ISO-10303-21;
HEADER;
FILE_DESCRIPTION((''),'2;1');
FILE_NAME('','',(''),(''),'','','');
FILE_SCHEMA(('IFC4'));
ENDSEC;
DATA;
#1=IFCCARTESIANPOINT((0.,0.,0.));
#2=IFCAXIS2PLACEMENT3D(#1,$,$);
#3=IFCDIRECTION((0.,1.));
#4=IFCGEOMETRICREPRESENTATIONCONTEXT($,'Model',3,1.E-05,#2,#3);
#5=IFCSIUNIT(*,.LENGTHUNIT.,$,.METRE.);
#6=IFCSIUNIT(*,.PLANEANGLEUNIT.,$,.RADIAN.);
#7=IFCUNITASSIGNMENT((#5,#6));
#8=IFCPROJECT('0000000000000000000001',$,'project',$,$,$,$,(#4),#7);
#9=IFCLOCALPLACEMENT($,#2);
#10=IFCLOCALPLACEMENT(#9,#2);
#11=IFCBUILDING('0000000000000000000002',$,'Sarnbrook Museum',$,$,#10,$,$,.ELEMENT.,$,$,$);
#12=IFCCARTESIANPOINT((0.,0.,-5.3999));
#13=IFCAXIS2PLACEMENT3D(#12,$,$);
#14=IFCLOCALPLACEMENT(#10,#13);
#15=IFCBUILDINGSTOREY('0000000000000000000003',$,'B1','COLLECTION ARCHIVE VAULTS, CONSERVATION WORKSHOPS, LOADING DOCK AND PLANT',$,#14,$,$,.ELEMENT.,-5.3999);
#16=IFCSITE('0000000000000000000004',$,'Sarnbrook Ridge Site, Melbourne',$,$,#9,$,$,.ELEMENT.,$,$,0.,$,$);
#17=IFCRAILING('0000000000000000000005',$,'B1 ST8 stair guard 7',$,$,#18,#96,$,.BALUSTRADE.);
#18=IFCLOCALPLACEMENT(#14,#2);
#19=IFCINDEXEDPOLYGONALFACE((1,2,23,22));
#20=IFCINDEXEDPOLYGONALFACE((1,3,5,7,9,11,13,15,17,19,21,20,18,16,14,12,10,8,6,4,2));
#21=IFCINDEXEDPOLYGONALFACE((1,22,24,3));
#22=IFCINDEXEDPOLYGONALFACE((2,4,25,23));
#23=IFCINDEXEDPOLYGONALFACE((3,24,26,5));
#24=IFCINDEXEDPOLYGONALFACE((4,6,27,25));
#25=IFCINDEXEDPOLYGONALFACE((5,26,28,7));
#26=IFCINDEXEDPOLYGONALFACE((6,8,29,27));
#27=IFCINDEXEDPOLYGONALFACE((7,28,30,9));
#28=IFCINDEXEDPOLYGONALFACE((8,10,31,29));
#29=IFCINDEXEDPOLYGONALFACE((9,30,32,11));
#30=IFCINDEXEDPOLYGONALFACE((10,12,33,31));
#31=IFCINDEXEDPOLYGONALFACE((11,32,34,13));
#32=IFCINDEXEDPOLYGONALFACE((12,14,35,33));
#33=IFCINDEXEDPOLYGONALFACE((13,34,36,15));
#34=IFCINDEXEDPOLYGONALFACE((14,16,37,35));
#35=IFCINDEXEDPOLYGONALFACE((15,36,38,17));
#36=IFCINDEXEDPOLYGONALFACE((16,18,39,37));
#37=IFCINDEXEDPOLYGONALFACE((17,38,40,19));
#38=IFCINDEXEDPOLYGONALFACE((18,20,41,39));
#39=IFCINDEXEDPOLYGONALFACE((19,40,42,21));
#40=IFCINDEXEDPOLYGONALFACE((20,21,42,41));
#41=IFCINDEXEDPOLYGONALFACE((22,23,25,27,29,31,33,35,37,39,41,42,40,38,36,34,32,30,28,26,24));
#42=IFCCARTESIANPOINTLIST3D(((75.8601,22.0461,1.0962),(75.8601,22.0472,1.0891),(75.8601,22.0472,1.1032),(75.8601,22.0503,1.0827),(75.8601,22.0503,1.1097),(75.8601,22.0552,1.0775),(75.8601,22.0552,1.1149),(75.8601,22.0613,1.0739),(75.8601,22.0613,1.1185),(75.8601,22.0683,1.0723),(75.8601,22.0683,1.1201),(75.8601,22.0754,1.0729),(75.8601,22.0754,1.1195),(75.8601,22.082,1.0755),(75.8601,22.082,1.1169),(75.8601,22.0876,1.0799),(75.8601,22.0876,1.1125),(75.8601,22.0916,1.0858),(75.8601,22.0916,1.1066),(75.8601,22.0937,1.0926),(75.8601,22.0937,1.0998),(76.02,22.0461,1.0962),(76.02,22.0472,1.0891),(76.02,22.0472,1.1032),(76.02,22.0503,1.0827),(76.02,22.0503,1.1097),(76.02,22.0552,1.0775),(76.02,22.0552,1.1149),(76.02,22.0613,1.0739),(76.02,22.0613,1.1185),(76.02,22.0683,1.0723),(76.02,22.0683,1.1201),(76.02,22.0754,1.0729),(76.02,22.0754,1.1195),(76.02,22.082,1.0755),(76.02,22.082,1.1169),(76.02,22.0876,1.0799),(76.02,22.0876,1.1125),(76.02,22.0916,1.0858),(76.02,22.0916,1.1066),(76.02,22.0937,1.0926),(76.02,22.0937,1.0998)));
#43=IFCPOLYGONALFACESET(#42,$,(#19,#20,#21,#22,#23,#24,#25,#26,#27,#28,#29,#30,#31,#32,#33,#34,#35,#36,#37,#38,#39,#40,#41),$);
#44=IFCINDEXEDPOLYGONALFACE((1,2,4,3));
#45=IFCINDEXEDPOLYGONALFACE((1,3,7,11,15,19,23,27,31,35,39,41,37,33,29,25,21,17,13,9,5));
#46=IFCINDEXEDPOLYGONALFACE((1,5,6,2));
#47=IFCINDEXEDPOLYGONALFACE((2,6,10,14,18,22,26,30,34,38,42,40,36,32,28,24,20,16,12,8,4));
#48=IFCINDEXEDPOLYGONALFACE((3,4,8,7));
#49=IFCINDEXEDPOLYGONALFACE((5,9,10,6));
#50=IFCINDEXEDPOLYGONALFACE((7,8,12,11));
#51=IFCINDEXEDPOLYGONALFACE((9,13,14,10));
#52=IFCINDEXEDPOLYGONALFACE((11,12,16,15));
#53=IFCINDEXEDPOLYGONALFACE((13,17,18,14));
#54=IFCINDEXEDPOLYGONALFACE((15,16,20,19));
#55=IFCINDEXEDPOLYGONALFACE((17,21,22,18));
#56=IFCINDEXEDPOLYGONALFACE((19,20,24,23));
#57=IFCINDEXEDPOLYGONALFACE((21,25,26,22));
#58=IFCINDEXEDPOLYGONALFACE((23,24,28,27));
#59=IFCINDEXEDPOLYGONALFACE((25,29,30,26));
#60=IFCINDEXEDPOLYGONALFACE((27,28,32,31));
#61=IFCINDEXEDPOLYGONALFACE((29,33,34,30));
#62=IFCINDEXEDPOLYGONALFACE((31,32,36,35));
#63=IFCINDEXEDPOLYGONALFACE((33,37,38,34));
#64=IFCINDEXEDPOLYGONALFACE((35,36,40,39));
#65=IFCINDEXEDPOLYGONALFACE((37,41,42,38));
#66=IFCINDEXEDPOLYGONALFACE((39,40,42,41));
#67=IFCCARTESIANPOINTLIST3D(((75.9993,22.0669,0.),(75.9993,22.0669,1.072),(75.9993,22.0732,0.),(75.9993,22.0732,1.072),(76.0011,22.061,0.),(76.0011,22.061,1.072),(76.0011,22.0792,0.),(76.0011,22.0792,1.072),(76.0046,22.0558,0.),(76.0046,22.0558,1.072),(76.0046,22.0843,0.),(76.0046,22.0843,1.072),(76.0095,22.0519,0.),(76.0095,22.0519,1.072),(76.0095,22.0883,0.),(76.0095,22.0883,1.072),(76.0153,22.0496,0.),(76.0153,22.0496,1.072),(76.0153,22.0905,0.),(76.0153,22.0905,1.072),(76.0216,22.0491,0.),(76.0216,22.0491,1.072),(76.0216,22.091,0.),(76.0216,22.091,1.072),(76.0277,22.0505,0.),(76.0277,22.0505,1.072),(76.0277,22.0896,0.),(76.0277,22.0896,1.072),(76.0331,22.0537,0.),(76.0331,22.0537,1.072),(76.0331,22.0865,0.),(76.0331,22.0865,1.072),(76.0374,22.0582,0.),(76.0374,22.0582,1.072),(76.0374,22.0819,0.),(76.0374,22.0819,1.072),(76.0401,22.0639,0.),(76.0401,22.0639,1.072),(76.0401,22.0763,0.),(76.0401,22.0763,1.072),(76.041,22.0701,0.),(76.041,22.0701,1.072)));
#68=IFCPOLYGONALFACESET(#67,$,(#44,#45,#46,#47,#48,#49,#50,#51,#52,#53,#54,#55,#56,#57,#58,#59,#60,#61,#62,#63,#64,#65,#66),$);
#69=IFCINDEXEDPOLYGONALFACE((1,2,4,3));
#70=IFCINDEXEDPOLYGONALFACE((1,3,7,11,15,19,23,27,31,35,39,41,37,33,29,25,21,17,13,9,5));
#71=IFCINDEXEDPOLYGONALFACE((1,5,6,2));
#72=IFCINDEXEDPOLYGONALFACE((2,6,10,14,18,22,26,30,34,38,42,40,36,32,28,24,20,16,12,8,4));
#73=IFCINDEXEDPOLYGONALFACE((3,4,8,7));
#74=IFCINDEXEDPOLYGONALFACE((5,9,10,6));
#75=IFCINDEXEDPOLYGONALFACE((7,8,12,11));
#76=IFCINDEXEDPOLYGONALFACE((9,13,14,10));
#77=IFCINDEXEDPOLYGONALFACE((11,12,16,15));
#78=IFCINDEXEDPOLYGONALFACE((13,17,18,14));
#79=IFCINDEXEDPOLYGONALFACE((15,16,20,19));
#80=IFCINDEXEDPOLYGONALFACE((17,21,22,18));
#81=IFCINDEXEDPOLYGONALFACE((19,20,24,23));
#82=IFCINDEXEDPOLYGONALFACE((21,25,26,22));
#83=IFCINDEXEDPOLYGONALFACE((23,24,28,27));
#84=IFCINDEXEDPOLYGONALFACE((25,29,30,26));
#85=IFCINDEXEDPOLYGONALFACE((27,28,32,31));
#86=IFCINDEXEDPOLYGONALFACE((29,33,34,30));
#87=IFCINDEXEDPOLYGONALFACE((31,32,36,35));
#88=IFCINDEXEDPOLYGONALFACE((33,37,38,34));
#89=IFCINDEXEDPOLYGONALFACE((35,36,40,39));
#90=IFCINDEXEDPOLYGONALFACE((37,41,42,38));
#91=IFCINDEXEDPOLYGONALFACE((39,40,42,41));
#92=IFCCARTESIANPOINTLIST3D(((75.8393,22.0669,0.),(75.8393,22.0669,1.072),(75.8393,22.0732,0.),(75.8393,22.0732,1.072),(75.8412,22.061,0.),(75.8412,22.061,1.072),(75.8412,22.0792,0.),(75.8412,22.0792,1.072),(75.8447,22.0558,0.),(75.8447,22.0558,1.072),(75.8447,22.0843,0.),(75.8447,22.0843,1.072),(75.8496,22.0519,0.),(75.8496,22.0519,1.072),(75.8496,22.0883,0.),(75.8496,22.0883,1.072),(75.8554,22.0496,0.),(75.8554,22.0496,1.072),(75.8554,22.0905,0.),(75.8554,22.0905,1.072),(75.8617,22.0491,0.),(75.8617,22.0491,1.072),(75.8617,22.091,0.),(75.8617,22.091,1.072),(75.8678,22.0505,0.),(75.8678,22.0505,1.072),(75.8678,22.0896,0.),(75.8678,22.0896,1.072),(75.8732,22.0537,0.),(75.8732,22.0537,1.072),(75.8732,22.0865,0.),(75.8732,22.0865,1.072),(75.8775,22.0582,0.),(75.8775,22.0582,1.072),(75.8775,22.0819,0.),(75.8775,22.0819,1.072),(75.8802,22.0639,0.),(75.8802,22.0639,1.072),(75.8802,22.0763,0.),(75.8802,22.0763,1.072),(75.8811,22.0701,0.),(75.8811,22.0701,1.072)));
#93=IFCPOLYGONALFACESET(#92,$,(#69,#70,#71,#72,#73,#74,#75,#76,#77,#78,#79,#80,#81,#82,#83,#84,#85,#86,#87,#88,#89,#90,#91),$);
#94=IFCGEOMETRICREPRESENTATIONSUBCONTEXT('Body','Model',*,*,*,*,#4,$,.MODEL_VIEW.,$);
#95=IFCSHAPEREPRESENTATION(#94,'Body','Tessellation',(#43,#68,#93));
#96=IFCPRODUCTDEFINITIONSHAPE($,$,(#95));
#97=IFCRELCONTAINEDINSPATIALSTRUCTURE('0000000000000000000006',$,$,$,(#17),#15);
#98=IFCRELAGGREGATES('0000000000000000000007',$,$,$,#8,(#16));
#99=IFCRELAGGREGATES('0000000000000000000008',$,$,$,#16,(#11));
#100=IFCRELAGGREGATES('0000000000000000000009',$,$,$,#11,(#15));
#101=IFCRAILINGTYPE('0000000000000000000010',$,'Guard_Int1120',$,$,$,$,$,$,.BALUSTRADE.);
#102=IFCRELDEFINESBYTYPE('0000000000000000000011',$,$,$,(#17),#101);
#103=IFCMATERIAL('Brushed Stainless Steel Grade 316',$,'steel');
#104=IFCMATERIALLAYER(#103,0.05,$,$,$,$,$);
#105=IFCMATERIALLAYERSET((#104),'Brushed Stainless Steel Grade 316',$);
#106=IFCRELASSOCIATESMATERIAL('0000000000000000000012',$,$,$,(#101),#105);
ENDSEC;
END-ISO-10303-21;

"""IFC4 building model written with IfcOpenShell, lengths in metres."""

from ifc_helpers import new_model, si_unit, direction, frame, origin, origin_2d, place, context, subcontext, project, spatial, circle, extrude, material, layer, layer_set, type_object, element, save


model = new_model("IFC4")

# Units and contexts
model_context = context("Model", 3, precision=1e-05, world=origin(), true_north=direction((0.0, 1.0)))
body_context = subcontext(model_context, "Body", "Model", "MODEL_VIEW")
ifc_project = project(units=[si_unit("LENGTHUNIT", "METRE"), si_unit("PLANEANGLEUNIT", "RADIAN")], contexts=[model_context])

# Site, building, storey
site_placement = place(None, origin())
site = spatial("IfcSite", under=ifc_project, at=site_placement, Name="Sarnbrook Ridge Site, Melbourne", CompositionType="ELEMENT", RefElevation=0.0)
building_placement = place(site_placement, origin())
building = spatial("IfcBuilding", under=site, at=building_placement, Name="Sarnbrook Museum", CompositionType="ELEMENT")
storey_placement = place(building_placement, frame((0.0, 0.0, -5.3999)))
storey = spatial("IfcBuildingStorey", under=building, at=storey_placement, Name="B1", Description="COLLECTION ARCHIVE VAULTS, CONSERVATION WORKSHOPS, LOADING DOCK AND PLANT", CompositionType="ELEMENT", Elevation=-5.3999)

# Railing
ifc_material_1 = material(Name="Brushed Stainless Steel Grade 316", Category="steel")
ifc_layer_1 = layer(ifc_material_1, 0.05)
ifc_layer_set_1 = layer_set([ifc_layer_1], Name="Brushed Stainless Steel Grade 316")
railing_type_1 = type_object("IfcRailingType", Name="Guard_Int1120", PredefinedType="BALUSTRADE", material=ifc_layer_set_1)
railing_1_placement = place(storey_placement, frame((76.02, 22.0701, 0.0)))
element("IfcRailing", 1, at=railing_1_placement, inside=storey, type_object=railing_type_1, Name="B1 ST8 stair guard 7", PredefinedType="BALUSTRADE", context=body_context, shape_type="SweptSolid", body=[
    extrude(circle(Radius=0.0239, at=origin_2d()), frame((0.0, 0.0, 1.0962), z_axis=(-1.0, 0.0, 0.0), x_axis=(0.0, -1.0, 0.0)), (0.0, 0.0, 1.0), 0.1599),
    extrude(circle(Radius=0.021, at=origin_2d()), origin(), (0.0, 0.0, 1.0), 1.072),
    extrude(circle(Radius=0.021, at=origin_2d()), frame((-0.1599, 0.0, 0.0)), (0.0, 0.0, 1.0), 1.072),
])

save(model, "model.ifc")
